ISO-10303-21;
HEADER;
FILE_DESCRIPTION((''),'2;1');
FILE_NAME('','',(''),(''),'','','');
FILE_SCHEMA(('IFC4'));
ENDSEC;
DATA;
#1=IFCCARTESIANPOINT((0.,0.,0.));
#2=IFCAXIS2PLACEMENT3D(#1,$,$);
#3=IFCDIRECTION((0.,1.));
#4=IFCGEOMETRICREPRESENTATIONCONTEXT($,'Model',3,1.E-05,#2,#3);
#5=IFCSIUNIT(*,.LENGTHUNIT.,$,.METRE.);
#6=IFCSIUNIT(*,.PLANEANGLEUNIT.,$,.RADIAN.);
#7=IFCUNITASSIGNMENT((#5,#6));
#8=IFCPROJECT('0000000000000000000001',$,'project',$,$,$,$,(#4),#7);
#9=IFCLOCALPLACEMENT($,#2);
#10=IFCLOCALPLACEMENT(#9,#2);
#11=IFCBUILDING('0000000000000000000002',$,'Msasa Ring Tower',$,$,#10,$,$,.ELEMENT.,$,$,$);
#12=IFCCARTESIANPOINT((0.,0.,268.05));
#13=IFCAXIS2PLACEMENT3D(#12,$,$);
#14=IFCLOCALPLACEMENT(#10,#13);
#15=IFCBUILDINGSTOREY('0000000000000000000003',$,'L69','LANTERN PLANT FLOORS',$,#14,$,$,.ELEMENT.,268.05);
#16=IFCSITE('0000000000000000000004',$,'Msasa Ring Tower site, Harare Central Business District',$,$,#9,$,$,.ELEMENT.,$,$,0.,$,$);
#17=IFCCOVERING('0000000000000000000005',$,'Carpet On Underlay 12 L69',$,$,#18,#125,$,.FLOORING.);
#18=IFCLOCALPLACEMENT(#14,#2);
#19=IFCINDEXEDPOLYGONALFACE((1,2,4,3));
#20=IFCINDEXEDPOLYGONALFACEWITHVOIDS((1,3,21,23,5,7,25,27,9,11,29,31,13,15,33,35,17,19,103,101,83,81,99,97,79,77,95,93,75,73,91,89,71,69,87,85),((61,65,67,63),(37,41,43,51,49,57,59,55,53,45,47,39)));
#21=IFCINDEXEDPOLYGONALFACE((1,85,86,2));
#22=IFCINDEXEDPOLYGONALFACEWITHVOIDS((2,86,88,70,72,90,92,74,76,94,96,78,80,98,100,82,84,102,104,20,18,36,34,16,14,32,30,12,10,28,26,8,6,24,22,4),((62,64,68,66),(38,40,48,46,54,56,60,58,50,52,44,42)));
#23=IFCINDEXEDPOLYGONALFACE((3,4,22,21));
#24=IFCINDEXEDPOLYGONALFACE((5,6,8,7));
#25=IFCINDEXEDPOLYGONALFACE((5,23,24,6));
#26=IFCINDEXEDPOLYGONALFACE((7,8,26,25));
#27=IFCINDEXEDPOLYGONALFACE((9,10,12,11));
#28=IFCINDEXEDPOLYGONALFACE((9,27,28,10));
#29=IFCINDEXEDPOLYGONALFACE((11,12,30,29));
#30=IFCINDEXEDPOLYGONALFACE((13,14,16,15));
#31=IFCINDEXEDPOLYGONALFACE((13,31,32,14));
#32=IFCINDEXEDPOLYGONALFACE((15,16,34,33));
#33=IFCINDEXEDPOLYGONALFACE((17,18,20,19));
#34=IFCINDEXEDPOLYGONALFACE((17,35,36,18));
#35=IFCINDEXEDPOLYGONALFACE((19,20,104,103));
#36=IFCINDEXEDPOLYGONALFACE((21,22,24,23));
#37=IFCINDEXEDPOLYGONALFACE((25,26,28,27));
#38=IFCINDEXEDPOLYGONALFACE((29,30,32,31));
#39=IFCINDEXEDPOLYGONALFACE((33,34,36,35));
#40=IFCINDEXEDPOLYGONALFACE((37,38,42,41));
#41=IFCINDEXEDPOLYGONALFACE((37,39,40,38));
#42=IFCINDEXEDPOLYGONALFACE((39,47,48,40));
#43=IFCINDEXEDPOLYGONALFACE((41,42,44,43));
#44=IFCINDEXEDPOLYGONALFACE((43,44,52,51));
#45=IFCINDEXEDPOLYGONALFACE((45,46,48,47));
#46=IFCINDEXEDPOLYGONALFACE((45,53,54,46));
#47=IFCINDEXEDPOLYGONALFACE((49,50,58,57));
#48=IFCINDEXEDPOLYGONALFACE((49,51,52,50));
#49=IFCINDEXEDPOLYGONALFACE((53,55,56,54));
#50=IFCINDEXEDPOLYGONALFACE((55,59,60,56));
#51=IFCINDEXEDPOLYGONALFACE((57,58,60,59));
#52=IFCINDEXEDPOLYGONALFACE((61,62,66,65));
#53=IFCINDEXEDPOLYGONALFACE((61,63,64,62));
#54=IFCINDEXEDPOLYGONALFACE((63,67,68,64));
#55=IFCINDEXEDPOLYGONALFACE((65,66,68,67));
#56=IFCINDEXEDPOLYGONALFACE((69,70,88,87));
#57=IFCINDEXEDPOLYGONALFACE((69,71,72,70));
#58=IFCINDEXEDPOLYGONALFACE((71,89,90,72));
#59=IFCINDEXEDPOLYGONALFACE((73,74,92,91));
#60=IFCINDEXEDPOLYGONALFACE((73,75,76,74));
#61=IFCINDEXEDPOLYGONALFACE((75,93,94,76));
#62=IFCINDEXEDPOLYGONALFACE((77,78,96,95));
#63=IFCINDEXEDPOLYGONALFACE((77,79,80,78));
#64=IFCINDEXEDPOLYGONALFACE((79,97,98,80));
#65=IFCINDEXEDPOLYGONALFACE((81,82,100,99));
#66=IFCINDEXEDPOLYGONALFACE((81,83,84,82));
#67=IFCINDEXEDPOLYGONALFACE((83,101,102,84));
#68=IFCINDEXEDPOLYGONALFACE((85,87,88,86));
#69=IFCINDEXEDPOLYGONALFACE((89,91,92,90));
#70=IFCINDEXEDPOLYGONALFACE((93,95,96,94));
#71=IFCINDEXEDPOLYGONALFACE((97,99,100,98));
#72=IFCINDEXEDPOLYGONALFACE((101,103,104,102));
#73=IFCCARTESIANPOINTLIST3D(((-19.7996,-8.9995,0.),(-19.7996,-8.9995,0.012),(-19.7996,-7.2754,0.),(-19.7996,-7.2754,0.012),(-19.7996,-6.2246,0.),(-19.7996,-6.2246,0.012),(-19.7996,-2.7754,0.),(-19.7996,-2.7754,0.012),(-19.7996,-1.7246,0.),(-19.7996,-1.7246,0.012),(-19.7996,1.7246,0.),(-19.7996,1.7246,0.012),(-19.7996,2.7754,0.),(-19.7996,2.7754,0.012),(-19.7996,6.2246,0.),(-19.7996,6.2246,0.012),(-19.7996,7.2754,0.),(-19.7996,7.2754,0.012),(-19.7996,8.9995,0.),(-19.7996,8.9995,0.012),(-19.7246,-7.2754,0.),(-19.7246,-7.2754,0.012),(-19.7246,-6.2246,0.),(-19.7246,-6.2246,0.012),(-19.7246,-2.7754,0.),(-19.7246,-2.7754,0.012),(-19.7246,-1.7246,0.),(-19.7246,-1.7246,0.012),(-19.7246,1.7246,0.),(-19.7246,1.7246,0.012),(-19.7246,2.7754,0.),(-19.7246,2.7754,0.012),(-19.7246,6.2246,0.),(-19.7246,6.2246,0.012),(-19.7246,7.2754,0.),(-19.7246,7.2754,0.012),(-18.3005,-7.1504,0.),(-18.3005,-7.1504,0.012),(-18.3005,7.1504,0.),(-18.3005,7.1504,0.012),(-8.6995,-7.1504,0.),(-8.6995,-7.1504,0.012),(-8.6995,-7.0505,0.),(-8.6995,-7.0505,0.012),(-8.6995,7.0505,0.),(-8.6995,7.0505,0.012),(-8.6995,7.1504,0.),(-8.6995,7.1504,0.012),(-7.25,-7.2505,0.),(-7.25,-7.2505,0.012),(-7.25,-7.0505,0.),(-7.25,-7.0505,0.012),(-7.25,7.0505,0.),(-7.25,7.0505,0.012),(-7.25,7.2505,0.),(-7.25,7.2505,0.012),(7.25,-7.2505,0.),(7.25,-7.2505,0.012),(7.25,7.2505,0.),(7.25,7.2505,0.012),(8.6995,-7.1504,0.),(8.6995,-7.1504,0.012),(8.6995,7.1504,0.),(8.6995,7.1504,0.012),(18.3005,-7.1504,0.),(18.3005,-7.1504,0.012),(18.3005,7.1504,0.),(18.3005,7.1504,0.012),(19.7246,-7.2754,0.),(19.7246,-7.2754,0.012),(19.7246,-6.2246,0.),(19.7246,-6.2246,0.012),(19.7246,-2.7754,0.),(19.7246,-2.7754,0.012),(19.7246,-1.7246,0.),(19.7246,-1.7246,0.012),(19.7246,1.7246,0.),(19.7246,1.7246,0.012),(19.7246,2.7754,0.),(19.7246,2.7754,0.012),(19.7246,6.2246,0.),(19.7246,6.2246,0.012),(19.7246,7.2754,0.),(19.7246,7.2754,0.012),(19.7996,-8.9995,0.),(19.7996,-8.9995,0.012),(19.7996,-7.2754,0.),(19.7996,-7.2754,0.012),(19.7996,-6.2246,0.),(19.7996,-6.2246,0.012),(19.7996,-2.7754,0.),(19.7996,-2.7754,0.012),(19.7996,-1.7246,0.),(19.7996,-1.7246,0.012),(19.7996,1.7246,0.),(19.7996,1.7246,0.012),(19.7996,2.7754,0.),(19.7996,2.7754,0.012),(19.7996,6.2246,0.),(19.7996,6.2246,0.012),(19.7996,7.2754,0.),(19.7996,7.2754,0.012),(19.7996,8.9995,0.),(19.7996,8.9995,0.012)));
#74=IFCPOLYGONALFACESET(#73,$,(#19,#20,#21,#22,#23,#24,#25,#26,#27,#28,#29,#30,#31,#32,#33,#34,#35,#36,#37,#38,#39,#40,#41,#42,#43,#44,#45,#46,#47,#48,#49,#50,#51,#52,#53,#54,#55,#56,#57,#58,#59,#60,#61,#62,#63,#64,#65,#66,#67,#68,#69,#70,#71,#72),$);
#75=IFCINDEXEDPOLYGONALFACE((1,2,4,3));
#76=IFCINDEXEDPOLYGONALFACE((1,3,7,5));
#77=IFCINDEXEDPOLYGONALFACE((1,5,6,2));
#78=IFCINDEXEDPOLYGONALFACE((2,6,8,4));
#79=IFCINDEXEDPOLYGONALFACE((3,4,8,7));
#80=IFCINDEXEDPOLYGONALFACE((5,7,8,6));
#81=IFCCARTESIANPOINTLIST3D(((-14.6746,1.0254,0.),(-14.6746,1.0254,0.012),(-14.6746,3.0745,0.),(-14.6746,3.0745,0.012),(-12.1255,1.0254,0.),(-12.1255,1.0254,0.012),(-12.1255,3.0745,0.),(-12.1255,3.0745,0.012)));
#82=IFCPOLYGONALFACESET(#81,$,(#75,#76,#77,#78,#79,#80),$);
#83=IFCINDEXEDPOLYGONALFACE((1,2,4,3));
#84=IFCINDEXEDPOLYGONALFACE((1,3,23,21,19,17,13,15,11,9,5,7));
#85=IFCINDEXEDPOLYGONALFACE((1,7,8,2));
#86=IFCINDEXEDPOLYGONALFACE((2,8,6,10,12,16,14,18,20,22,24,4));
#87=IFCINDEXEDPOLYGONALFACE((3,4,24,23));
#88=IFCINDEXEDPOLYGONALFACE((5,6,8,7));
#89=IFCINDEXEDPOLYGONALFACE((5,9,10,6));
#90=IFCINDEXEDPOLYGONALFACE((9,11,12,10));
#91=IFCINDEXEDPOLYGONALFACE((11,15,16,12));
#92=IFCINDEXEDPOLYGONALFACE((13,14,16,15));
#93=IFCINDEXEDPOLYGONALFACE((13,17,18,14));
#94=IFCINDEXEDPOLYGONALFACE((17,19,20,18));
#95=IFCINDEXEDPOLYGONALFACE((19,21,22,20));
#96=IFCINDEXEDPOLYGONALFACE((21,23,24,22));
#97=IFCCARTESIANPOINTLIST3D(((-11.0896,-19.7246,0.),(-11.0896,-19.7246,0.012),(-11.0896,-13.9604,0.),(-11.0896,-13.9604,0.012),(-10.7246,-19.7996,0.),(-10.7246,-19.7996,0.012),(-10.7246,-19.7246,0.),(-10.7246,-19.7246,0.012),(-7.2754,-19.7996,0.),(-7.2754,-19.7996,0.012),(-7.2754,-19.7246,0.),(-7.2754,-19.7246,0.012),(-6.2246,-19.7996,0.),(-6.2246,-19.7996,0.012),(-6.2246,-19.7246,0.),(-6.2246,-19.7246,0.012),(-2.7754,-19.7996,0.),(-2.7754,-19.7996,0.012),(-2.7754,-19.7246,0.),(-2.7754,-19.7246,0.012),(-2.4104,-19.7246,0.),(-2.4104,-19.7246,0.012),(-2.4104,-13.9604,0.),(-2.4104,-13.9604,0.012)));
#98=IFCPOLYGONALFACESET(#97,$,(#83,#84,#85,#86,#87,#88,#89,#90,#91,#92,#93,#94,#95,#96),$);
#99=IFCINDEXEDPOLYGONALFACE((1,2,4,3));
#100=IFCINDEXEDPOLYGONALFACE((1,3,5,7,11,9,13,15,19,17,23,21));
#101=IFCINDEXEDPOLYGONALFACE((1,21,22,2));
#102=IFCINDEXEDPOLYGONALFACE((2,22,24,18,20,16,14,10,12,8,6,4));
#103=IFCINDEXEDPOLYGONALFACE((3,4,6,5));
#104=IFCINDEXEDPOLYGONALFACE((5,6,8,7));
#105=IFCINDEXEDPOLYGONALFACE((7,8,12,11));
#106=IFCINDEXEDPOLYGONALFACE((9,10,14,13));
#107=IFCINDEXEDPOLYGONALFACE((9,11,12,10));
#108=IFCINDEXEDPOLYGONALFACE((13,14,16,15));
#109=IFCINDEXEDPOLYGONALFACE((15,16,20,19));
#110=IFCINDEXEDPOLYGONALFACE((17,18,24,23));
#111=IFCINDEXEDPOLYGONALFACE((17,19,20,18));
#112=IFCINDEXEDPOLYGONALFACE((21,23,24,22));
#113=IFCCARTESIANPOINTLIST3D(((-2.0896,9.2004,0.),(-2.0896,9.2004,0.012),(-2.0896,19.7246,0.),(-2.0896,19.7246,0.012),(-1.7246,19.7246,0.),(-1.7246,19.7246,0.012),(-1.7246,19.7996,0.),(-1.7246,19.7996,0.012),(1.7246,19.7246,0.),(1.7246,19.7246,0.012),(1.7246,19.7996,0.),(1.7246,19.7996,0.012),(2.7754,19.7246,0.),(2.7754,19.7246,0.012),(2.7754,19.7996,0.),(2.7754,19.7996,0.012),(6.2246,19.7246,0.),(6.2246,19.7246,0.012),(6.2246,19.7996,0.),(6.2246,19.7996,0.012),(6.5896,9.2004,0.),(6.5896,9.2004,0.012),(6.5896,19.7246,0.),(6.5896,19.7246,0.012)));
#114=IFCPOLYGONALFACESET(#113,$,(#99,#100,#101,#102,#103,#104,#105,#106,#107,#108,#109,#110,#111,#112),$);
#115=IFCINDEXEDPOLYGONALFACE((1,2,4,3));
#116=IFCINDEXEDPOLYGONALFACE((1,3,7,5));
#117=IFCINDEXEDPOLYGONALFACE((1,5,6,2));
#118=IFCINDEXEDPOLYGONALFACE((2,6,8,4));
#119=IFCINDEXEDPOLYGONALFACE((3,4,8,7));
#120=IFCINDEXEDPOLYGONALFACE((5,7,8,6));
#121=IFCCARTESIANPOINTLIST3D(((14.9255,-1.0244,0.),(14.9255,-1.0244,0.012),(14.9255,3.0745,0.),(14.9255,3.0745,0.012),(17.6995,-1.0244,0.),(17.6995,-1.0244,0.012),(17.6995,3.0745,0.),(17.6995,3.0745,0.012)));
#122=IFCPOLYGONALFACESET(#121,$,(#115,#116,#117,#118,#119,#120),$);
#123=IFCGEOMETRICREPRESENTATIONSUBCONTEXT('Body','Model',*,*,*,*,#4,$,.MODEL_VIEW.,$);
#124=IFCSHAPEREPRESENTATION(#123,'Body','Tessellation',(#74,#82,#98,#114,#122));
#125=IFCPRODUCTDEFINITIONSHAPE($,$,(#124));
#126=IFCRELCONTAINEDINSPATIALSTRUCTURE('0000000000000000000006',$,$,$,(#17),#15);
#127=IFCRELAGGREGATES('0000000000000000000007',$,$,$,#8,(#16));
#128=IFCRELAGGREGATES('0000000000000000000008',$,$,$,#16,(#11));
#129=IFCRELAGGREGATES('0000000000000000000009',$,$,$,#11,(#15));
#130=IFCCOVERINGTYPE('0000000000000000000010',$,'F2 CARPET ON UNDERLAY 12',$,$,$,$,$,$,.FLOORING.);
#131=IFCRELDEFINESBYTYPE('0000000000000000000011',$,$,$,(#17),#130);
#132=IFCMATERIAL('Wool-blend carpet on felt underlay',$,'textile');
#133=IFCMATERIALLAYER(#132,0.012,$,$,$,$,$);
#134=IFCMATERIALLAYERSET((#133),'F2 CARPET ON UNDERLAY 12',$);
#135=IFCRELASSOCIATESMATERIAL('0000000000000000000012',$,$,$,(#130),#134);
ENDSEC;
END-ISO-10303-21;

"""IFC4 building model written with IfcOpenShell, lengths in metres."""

from ifc_helpers import new_model, si_unit, direction, frame, origin, place, context, subcontext, project, spatial, line, indexed_curve, outline, extrude, material, layer, layer_set, type_object, element, save


model = new_model("IFC4")

# Units and contexts
model_context = context("Model", 3, precision=1e-05, world=origin(), true_north=direction((0.0, 1.0)))
body_context = subcontext(model_context, "Body", "Model", "MODEL_VIEW")
ifc_project = project(units=[si_unit("LENGTHUNIT", "METRE"), si_unit("PLANEANGLEUNIT", "RADIAN")], contexts=[model_context])

# Site, building, storey
site_placement = place(None, origin())
site = spatial("IfcSite", under=ifc_project, at=site_placement, Name="Msasa Ring Tower site, Harare Central Business District", CompositionType="ELEMENT", RefElevation=0.0)
building_placement = place(site_placement, origin())
building = spatial("IfcBuilding", under=site, at=building_placement, Name="Msasa Ring Tower", CompositionType="ELEMENT")
storey_placement = place(building_placement, frame((0.0, 0.0, 268.05)))
storey = spatial("IfcBuildingStorey", under=building, at=storey_placement, Name="L69", Description="LANTERN PLANT FLOORS", CompositionType="ELEMENT", Elevation=268.05)

# Covering
ifc_material_1 = material(Name="Wool-blend carpet on felt underlay", Category="textile")
ifc_layer_1 = layer(ifc_material_1, 0.012)
ifc_layer_set_1 = layer_set([ifc_layer_1], Name="F2 CARPET ON UNDERLAY 12")
covering_type_1 = type_object("IfcCoveringType", Name="F2 CARPET ON UNDERLAY 12", PredefinedType="FLOORING", material=ifc_layer_set_1)
covering_1_placement = place(storey_placement, origin())
element("IfcCovering", 1, at=covering_1_placement, inside=storey, type_object=covering_type_1, Name="Carpet On Underlay 12 L69", PredefinedType="FLOORING", context=body_context, shape_type="SweptSolid", body=[
    extrude(outline(indexed_curve([(19.7996, 7.2754), (19.7246, 7.2754), (19.7246, 6.2246), (19.7996, 6.2246), (19.7996, 2.7754), (19.7246, 2.7754), (19.7246, 1.7246), (19.7996, 1.7246), (19.7996, -1.7246), (19.7246, -1.7246), (19.7246, -2.7754), (19.7996, -2.7754), (19.7996, -6.2246), (19.7246, -6.2246), (19.7246, -7.2754), (19.7996, -7.2754), (19.7996, -8.9995), (-19.7996, -8.9995), (-19.7996, -7.2754), (-19.7246, -7.2754), (-19.7246, -6.2246), (-19.7996, -6.2246), (-19.7996, -2.7754), (-19.7246, -2.7754), (-19.7246, -1.7246), (-19.7996, -1.7246), (-19.7996, 1.7246), (-19.7246, 1.7246), (-19.7246, 2.7754), (-19.7996, 2.7754), (-19.7996, 6.2246), (-19.7246, 6.2246), (-19.7246, 7.2754), (-19.7996, 7.2754), (-19.7996, 8.9995), (19.7996, 8.9995)], segments=[line(1, 2, 3, 4, 5, 6, 7, 8, 9, 10, 11, 12, 13, 14, 15, 16, 17, 18, 19, 20, 21, 22, 23, 24, 25, 26, 27, 28, 29, 30, 31, 32, 33, 34, 35, 36, 1)], self_intersect=False), holes=[indexed_curve([(8.6995, 7.1504), (8.6995, -7.1504), (18.3005, -7.1504), (18.3005, 7.1504)], segments=[line(1, 2, 3, 4, 1)], self_intersect=False), indexed_curve([(-8.6995, 7.1504), (-18.3005, 7.1504), (-18.3005, -7.1504), (-8.6995, -7.1504), (-8.6995, -7.0505), (-7.25, -7.0505), (-7.25, -7.2505), (7.25, -7.2505), (7.25, 7.2505), (-7.25, 7.2505), (-7.25, 7.0505), (-8.6995, 7.0505)], segments=[line(1, 2, 3, 4, 5, 6, 7, 8, 9, 10, 11, 12, 1)], self_intersect=False)]), origin(), (0.0, 0.0, 1.0), 0.012),
    extrude(outline(indexed_curve([(-14.6746, 3.0745), (-12.1255, 3.0745), (-12.1255, 1.0254), (-14.6746, 1.0254)], segments=[line(1, 2, 3, 4, 1)], self_intersect=False)), origin(), (0.0, 0.0, 1.0), 0.012),
    extrude(outline(indexed_curve([(-11.0896, -13.9604), (-2.4104, -13.9604), (-2.4104, -19.7246), (-2.7754, -19.7246), (-2.7754, -19.7996), (-6.2246, -19.7996), (-6.2246, -19.7246), (-7.2754, -19.7246), (-7.2754, -19.7996), (-10.7246, -19.7996), (-10.7246, -19.7246), (-11.0896, -19.7246)], segments=[line(1, 2, 3, 4, 5, 6, 7, 8, 9, 10, 11, 12, 1)], self_intersect=False)), origin(), (0.0, 0.0, 1.0), 0.012),
    extrude(outline(indexed_curve([(-2.0896, 19.7246), (-1.7246, 19.7246), (-1.7246, 19.7996), (1.7246, 19.7996), (1.7246, 19.7246), (2.7754, 19.7246), (2.7754, 19.7996), (6.2246, 19.7996), (6.2246, 19.7246), (6.5896, 19.7246), (6.5896, 9.2004), (-2.0896, 9.2004)], segments=[line(1, 2, 3, 4, 5, 6, 7, 8, 9, 10, 11, 12, 1)], self_intersect=False)), origin(), (0.0, 0.0, 1.0), 0.012),
    extrude(outline(indexed_curve([(14.9255, 3.0745), (17.6995, 3.0745), (17.6995, -1.0244), (14.9255, -1.0244)], segments=[line(1, 2, 3, 4, 1)], self_intersect=False)), origin(), (0.0, 0.0, 1.0), 0.012),
])

save(model, "model.ifc")
